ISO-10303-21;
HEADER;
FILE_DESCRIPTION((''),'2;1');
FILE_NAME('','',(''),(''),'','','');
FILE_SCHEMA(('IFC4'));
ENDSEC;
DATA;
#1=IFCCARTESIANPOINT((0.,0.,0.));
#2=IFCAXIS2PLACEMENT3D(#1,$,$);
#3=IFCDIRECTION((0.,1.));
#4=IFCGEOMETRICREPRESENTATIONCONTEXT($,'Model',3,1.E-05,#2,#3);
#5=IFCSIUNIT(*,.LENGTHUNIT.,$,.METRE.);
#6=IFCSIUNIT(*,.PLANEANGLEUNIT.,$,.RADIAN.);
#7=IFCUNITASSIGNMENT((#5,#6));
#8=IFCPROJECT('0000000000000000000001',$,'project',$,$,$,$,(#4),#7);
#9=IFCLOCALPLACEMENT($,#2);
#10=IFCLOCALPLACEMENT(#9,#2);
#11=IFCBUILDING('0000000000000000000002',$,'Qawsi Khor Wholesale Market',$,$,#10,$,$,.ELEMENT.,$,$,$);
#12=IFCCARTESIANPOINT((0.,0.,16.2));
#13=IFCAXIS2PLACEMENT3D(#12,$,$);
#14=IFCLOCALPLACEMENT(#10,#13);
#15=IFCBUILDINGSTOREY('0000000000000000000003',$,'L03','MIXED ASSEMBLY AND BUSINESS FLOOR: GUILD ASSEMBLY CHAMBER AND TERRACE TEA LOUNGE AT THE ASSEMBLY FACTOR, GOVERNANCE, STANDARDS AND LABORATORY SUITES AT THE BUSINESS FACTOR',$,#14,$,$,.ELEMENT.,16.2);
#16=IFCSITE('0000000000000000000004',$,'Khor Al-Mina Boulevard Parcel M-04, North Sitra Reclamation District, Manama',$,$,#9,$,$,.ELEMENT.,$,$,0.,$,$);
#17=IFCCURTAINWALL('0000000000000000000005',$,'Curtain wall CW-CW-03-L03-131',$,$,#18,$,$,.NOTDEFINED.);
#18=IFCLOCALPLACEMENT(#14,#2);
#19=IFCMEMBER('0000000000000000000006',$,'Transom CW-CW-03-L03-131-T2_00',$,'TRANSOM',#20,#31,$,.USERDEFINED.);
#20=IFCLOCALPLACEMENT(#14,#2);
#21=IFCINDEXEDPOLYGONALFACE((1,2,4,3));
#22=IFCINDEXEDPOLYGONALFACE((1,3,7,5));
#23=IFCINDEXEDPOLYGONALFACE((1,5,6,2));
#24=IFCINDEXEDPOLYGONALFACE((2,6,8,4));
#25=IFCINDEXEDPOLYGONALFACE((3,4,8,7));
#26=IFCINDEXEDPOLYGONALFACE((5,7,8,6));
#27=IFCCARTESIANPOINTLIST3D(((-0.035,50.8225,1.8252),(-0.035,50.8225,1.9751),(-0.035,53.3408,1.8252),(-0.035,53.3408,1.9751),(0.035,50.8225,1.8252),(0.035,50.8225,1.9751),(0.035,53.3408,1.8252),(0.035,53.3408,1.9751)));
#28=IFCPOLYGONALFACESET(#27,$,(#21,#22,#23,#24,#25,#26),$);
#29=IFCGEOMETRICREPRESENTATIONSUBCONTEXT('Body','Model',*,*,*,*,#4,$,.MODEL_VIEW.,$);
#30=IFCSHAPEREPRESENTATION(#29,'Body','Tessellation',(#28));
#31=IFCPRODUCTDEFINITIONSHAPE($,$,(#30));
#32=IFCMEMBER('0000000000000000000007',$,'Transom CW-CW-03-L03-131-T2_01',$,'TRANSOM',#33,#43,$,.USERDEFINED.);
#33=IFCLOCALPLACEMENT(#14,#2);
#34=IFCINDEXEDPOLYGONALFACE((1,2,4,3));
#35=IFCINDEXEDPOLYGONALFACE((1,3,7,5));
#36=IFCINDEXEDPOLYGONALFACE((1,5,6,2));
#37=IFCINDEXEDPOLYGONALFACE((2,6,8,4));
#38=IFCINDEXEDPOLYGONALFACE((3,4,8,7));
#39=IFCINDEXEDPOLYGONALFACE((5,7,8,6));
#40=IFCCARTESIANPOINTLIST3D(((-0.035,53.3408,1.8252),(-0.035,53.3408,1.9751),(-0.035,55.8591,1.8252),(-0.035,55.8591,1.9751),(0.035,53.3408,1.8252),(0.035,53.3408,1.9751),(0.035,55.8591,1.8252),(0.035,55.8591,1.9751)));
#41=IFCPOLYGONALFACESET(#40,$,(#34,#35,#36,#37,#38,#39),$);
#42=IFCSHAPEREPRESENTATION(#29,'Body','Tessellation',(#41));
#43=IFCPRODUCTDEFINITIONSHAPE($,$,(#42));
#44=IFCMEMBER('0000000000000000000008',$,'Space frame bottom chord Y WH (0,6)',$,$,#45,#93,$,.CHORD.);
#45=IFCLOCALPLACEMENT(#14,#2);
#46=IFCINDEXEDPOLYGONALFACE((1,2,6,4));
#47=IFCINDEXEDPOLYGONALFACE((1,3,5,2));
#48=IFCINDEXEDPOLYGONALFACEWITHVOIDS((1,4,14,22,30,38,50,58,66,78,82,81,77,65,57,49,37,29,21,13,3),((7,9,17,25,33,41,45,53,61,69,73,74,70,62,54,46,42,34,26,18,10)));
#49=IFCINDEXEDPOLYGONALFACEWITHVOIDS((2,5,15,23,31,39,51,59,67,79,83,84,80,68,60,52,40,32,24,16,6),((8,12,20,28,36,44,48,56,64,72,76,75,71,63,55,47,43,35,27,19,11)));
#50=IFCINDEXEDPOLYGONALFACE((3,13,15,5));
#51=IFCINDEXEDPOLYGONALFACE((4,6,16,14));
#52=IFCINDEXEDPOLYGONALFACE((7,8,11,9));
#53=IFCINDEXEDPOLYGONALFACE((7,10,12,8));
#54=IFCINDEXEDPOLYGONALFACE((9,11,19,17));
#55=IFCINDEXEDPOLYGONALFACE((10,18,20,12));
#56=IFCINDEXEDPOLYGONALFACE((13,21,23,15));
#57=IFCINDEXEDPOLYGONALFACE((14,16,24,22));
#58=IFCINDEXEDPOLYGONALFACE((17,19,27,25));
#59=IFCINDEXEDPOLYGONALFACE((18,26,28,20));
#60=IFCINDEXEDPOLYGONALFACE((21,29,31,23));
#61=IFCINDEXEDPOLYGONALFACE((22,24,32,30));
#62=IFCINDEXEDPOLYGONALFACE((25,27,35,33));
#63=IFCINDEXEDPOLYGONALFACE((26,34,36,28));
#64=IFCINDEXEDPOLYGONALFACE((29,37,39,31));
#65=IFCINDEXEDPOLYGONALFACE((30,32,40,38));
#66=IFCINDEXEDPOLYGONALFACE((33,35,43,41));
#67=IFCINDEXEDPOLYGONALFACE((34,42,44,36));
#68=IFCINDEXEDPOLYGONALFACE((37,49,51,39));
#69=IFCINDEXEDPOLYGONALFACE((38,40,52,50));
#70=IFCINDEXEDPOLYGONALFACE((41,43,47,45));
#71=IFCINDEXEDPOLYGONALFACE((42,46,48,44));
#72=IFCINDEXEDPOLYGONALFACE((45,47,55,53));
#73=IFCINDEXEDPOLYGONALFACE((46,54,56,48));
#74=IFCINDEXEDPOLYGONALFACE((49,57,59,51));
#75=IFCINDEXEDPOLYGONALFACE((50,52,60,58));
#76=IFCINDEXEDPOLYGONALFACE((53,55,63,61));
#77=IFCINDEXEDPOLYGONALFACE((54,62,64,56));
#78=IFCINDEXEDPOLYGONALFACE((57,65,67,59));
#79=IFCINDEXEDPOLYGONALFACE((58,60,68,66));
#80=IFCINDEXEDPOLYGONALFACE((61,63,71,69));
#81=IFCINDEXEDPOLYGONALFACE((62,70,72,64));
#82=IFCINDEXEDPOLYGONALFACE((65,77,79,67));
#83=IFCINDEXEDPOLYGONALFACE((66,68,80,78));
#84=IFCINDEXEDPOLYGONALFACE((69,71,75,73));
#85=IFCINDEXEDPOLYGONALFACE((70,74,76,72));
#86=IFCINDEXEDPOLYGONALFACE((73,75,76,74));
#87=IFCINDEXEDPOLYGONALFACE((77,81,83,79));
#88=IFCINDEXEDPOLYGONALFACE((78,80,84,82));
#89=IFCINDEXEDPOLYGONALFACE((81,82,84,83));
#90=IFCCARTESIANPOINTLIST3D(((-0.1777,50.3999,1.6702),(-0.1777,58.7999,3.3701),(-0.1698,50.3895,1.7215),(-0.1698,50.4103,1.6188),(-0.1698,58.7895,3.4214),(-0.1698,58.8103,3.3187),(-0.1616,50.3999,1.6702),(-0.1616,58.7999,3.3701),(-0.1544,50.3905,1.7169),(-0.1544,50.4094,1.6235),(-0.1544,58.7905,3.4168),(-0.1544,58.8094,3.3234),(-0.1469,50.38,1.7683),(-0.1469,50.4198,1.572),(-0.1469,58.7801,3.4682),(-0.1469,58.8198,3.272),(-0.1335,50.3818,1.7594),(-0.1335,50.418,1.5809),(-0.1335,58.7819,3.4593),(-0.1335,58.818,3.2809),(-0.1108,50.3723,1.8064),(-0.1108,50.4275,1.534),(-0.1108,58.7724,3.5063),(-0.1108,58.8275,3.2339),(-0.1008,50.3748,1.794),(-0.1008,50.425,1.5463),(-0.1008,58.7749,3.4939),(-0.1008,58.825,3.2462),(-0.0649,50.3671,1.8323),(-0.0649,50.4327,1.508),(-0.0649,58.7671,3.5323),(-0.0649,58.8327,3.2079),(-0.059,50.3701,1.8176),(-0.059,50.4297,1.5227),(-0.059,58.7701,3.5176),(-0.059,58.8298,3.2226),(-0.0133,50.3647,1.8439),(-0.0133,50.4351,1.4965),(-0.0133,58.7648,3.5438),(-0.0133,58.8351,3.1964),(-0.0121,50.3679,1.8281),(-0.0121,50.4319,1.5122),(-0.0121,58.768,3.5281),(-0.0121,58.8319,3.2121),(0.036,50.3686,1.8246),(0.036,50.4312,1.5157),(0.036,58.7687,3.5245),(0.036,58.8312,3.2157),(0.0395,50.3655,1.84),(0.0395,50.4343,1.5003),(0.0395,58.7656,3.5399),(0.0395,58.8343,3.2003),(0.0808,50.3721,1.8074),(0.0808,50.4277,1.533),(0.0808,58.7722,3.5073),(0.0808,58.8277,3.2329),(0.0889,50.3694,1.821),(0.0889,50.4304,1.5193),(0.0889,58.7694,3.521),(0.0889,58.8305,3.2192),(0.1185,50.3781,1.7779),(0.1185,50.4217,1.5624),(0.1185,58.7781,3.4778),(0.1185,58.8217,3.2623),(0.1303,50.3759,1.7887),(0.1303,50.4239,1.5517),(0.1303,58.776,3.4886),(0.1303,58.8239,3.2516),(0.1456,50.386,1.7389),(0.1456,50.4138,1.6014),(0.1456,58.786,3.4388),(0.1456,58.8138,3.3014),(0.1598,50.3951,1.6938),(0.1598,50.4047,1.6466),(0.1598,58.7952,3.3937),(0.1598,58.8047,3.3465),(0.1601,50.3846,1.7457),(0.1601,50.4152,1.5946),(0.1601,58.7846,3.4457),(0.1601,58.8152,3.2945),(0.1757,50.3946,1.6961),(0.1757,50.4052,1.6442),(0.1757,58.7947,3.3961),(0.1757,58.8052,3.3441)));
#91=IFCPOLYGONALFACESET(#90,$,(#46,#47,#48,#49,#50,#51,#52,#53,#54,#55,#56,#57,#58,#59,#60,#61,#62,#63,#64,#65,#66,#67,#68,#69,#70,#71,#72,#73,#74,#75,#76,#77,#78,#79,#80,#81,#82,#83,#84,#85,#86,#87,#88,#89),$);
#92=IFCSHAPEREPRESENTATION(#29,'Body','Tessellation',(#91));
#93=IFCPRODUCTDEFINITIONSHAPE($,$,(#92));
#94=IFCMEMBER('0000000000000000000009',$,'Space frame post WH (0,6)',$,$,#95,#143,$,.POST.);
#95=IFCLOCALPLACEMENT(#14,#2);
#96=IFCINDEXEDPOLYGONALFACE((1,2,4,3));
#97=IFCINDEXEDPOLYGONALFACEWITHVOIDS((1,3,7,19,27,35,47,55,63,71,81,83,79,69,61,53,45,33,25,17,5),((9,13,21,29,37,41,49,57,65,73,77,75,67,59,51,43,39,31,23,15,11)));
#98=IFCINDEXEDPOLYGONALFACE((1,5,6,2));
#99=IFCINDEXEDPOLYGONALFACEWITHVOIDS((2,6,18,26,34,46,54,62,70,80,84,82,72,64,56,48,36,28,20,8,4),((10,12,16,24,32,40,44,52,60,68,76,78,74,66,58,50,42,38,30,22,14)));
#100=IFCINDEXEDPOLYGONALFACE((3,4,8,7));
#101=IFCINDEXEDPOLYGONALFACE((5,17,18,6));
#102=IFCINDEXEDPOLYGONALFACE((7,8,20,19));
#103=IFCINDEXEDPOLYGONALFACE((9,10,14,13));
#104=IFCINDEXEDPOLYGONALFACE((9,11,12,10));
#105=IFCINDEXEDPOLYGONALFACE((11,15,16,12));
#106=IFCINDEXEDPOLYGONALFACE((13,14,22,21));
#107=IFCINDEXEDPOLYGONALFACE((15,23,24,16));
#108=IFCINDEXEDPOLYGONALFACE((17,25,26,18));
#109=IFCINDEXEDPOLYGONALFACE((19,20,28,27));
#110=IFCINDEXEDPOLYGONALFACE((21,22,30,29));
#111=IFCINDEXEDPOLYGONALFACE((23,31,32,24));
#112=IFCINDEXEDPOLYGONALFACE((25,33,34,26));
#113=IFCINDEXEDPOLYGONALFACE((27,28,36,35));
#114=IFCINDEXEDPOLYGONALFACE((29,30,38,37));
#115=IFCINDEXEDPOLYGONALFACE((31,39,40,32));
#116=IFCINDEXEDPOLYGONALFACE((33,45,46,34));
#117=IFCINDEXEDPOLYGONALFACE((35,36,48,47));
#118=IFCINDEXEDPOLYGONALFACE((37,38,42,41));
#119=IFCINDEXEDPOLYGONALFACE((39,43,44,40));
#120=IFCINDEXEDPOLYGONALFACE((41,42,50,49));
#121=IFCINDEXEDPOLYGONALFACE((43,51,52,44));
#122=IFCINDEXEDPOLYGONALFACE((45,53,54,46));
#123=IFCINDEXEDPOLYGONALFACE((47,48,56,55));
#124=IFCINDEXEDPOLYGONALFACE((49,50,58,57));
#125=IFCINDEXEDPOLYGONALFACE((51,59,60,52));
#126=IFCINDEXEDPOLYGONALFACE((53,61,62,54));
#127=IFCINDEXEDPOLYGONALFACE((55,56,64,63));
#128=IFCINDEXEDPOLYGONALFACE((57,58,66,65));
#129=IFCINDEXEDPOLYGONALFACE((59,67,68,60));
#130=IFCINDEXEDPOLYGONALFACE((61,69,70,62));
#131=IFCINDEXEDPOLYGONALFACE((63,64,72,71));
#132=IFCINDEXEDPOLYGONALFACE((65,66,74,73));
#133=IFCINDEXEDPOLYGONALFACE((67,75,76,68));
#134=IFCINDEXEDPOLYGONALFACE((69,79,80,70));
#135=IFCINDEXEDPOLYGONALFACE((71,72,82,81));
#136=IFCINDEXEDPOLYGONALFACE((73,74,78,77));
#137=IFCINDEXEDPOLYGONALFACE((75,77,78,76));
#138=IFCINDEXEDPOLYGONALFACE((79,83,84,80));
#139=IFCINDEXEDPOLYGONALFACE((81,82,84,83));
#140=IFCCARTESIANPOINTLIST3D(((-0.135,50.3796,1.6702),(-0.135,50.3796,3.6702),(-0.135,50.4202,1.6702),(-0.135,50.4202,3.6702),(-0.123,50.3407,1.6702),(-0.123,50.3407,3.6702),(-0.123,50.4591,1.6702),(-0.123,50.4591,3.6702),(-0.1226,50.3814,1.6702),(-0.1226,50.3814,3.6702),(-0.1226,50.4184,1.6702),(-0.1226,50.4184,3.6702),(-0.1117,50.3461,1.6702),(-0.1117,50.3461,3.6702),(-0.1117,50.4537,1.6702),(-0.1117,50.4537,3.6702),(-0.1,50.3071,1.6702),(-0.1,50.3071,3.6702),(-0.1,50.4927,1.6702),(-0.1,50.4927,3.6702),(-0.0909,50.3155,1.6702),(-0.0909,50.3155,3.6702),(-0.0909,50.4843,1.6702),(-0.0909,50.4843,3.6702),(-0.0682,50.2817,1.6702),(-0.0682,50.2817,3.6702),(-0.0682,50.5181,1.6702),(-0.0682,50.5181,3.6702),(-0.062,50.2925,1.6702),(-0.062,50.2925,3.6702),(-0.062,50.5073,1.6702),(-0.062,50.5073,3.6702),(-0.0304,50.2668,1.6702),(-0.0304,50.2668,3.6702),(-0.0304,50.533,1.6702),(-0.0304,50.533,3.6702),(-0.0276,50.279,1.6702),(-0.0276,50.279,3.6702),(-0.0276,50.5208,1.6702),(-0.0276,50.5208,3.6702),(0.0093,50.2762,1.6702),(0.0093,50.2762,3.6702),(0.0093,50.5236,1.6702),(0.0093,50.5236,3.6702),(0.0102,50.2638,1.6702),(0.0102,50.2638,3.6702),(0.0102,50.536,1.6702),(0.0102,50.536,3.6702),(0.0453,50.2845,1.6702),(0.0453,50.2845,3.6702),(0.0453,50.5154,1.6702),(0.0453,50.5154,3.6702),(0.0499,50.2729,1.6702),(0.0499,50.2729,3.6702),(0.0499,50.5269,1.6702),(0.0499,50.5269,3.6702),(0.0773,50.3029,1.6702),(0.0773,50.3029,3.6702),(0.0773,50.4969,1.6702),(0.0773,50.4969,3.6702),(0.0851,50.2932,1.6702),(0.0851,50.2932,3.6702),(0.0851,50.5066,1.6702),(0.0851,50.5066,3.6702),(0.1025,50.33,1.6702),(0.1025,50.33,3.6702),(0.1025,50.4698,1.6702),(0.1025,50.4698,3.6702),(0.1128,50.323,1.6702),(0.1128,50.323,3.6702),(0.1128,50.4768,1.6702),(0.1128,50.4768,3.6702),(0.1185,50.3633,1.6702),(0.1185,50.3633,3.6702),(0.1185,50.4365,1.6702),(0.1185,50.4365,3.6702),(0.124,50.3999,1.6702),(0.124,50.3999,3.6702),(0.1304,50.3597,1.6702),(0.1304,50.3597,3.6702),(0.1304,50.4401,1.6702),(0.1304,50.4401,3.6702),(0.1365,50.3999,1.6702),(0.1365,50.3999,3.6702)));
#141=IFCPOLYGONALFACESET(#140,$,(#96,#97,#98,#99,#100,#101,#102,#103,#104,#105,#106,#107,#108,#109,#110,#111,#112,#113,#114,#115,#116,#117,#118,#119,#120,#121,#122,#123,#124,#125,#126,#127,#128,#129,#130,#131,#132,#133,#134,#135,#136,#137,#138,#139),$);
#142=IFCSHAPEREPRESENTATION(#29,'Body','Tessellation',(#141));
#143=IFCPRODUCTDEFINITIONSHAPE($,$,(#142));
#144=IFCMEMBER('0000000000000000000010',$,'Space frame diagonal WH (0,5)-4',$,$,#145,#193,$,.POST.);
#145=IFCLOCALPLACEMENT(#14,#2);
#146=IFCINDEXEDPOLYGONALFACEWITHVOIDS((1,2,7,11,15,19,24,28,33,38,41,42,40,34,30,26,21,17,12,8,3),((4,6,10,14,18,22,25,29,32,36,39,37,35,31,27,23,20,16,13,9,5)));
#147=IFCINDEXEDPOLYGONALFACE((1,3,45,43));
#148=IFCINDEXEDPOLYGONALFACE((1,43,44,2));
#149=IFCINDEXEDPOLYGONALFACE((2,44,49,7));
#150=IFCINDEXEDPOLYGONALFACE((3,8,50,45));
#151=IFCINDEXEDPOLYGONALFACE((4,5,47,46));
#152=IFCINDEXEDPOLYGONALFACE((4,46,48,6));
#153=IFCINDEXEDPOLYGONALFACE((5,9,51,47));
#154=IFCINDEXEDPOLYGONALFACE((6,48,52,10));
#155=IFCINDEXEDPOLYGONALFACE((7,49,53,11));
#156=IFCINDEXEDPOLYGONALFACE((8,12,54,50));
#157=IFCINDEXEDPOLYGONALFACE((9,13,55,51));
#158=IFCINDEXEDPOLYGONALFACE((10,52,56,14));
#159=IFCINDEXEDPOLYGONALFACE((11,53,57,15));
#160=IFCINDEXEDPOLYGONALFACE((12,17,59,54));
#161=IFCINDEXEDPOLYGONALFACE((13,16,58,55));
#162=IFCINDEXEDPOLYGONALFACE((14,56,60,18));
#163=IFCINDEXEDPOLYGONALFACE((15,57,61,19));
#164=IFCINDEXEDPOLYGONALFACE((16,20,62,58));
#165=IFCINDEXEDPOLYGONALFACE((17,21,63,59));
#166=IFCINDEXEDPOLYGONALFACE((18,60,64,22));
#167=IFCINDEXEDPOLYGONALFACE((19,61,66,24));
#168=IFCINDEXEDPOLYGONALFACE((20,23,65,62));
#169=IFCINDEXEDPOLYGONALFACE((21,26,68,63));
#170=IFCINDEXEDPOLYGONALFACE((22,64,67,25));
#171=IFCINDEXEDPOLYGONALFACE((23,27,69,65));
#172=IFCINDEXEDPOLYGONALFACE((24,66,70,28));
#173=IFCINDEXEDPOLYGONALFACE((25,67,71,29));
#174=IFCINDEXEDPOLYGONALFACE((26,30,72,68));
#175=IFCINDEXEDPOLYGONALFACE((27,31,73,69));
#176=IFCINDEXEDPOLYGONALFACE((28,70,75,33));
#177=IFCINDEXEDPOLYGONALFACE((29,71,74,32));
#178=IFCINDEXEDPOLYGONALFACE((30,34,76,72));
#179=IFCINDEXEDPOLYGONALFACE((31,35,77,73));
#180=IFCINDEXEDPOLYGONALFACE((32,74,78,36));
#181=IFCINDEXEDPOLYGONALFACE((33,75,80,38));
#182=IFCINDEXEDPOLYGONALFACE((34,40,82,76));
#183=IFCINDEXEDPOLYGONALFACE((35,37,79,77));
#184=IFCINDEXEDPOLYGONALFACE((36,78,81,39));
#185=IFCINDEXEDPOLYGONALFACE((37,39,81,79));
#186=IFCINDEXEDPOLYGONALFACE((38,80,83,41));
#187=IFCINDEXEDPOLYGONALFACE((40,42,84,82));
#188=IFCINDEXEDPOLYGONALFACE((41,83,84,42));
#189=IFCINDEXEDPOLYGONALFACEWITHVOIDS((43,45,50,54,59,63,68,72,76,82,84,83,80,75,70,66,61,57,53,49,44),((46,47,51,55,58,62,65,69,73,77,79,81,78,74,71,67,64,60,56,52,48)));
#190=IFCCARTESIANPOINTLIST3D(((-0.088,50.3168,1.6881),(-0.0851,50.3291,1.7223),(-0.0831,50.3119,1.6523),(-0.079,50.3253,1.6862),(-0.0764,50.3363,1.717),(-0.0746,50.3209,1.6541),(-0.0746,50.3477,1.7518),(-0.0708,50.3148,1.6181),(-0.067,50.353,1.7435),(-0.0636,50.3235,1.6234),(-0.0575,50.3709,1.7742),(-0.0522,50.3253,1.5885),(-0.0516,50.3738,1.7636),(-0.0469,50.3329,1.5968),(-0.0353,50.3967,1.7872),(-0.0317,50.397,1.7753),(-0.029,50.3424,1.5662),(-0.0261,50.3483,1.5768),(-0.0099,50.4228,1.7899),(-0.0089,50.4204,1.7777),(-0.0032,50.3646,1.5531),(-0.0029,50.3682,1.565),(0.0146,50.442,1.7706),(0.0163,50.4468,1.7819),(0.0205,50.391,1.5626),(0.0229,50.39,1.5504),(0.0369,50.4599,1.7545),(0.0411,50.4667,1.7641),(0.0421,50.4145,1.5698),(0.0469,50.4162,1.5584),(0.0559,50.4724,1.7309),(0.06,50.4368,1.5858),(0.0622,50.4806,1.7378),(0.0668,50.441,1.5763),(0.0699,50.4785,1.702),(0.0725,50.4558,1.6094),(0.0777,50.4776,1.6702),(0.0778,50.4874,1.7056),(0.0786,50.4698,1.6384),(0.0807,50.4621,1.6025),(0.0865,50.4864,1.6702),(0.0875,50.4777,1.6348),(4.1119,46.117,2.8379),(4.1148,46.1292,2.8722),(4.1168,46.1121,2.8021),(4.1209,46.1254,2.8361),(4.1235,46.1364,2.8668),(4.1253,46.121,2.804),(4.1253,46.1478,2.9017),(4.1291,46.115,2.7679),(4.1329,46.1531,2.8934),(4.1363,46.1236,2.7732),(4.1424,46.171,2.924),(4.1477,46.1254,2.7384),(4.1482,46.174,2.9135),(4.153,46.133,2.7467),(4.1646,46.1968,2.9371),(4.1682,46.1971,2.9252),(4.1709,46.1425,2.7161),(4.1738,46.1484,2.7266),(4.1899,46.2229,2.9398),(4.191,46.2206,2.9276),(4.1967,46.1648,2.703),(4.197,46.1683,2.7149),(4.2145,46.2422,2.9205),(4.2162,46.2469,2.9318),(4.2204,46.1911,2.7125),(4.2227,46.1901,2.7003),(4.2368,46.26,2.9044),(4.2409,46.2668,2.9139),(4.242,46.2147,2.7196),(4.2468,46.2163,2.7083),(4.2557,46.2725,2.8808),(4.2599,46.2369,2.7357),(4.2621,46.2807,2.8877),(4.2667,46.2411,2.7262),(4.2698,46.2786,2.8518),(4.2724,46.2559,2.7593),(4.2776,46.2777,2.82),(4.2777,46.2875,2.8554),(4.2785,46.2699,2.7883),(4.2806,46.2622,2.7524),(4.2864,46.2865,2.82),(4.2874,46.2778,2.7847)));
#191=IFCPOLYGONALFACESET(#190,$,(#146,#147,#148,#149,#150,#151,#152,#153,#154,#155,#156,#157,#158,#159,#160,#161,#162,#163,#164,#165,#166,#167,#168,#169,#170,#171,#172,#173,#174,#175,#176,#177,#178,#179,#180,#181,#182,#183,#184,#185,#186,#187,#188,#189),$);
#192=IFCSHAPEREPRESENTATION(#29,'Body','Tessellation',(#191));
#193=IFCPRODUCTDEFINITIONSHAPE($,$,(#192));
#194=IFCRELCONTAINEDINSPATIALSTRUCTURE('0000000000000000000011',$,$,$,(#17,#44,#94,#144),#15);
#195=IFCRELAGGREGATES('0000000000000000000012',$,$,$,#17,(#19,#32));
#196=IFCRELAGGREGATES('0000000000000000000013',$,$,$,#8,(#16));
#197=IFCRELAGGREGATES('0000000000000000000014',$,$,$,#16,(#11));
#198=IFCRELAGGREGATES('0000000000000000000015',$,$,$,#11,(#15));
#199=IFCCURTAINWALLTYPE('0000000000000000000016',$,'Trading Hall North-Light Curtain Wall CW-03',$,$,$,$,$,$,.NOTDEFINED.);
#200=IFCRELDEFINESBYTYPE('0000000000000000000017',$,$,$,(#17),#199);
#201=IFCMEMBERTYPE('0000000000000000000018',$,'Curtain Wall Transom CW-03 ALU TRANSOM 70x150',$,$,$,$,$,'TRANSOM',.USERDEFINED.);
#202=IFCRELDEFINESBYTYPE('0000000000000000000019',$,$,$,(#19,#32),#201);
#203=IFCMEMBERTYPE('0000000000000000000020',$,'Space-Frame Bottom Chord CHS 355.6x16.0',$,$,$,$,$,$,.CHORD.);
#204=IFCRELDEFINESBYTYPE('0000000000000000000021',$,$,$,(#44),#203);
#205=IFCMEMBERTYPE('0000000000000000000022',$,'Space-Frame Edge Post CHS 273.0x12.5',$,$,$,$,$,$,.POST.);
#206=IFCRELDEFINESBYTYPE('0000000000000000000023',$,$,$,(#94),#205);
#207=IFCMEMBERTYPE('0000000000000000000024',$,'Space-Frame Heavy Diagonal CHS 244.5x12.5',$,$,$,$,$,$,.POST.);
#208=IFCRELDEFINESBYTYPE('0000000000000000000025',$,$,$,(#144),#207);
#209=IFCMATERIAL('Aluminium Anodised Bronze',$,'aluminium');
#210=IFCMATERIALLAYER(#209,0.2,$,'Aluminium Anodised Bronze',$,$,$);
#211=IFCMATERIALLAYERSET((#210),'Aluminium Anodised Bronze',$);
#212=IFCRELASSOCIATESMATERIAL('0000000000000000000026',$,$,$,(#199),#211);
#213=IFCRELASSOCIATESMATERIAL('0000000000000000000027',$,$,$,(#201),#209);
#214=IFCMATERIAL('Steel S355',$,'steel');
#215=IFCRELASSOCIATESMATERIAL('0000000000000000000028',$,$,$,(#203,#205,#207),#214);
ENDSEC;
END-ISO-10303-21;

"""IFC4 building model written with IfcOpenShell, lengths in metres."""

from ifc_helpers import new_model, si_unit, direction, frame, origin, origin_2d, place, context, subcontext, project, spatial, rectangle, hollow_circle, extrude, material, layer, layer_set, material_profile, profile_set, type_object, element, aggregate, save


model = new_model("IFC4")

# Units and contexts
model_context = context("Model", 3, precision=1e-05, world=origin(), true_north=direction((0.0, 1.0)))
body_context = subcontext(model_context, "Body", "Model", "MODEL_VIEW")
ifc_project = project(units=[si_unit("LENGTHUNIT", "METRE"), si_unit("PLANEANGLEUNIT", "RADIAN")], contexts=[model_context])

# Site, building, storey
site_placement = place(None, origin())
site = spatial("IfcSite", under=ifc_project, at=site_placement, Name="Khor Al-Mina Boulevard Parcel M-04, North Sitra Reclamation District, Manama", CompositionType="ELEMENT", RefElevation=0.0)
building_placement = place(site_placement, origin())
building = spatial("IfcBuilding", under=site, at=building_placement, Name="Qawsi Khor Wholesale Market", CompositionType="ELEMENT")
storey_placement = place(building_placement, frame((0.0, 0.0, 16.2)))
storey = spatial("IfcBuildingStorey", under=building, at=storey_placement, Name="L03", Description="MIXED ASSEMBLY AND BUSINESS FLOOR: GUILD ASSEMBLY CHAMBER AND TERRACE TEA LOUNGE AT THE ASSEMBLY FACTOR, GOVERNANCE, STANDARDS AND LABORATORY SUITES AT THE BUSINESS FACTOR", CompositionType="ELEMENT", Elevation=16.2)

# Curtain wall
ifc_material_1 = material(Name="Aluminium Anodised Bronze", Category="aluminium")
ifc_layer_1 = layer(ifc_material_1, 0.2, Name="Aluminium Anodised Bronze")
ifc_layer_set_1 = layer_set([ifc_layer_1], Name="Aluminium Anodised Bronze")
curtain_wall_type = type_object("IfcCurtainWallType", Name="Trading Hall North-Light Curtain Wall CW-03", PredefinedType="NOTDEFINED", material=ifc_layer_set_1)
curtain_wall_1_placement = place(storey_placement, origin())
curtain_wall_1 = element("IfcCurtainWall", 1, at=curtain_wall_1_placement, inside=storey, type_object=curtain_wall_type, Name="Curtain wall CW-CW-03-L03-131", PredefinedType="NOTDEFINED")

# Members
ifc_material_profile_1 = material_profile(ifc_material_1, rectangle(XDim=0.0701, YDim=0.1499, at=origin_2d()), Name="ALU TRANSOM 70x150")
ifc_profile_set_1 = profile_set([ifc_material_profile_1], Name="Aluminium Anodised Bronze")
member_type_1 = type_object("IfcMemberType", Name="Curtain Wall Transom CW-03 ALU TRANSOM 70x150", ElementType="TRANSOM", PredefinedType="USERDEFINED", material=ifc_profile_set_1)
member_1_placement = place(storey_placement, frame((0.0, 50.8225, 1.9001), z_axis=(0.0, 1.0, 0.0), x_axis=(-1.0, 0.0, 0.0)))
member_1 = element("IfcMember", 2, at=member_1_placement, type_object=member_type_1, Name="Transom CW-CW-03-L03-131-T2_00", ObjectType="TRANSOM", PredefinedType="USERDEFINED", context=body_context, shape_type="SweptSolid", body=[
    extrude(rectangle(XDim=0.0701, YDim=0.1499, at=origin_2d()), origin(), (0.0, 0.0, 1.0), 2.5183),
])
member_2_placement = place(storey_placement, frame((0.0, 53.3408, 1.9001), z_axis=(0.0, 1.0, 0.0), x_axis=(-1.0, 0.0, 0.0)))
member_2 = element("IfcMember", 3, at=member_2_placement, type_object=member_type_1, Name="Transom CW-CW-03-L03-131-T2_01", ObjectType="TRANSOM", PredefinedType="USERDEFINED", context=body_context, shape_type="SweptSolid", body=[
    extrude(rectangle(XDim=0.0701, YDim=0.1499, at=origin_2d()), origin(), (0.0, 0.0, 1.0), 2.5183),
])

# Members
ifc_material_2 = material(Name="Steel S355", Category="steel")
ifc_material_profile_2 = material_profile(ifc_material_2, hollow_circle(Radius=0.1777, WallThickness=0.0161, at=origin_2d()), Name="CHS 355.6x16.0")
ifc_profile_set_2 = profile_set([ifc_material_profile_2], Name="Steel S355")
member_type_2 = type_object("IfcMemberType", Name="Space-Frame Bottom Chord CHS 355.6x16.0", PredefinedType="CHORD", material=ifc_profile_set_2)
member_3_placement = place(storey_placement, frame((0.0, 50.3999, 1.6702), z_axis=(0.0, 0.980131, 0.198351), x_axis=(-1.0, 0.0, 0.0)))
element("IfcMember", 4, at=member_3_placement, inside=storey, type_object=member_type_2, Name="Space frame bottom chord Y WH (0,6)", PredefinedType="CHORD", context=body_context, shape_type="SweptSolid", body=[
    extrude(hollow_circle(Radius=0.1777, WallThickness=0.0161, at=origin_2d()), origin(), (0.0, 0.0, 1.0), 8.5703),
])
ifc_material_profile_3 = material_profile(ifc_material_2, hollow_circle(Radius=0.1365, WallThickness=0.0125, at=origin_2d()), Name="CHS 273.0x12.5")
ifc_profile_set_3 = profile_set([ifc_material_profile_3], Name="Steel S355")
member_type_3 = type_object("IfcMemberType", Name="Space-Frame Edge Post CHS 273.0x12.5", PredefinedType="POST", material=ifc_profile_set_3)
member_4_placement = place(storey_placement, frame((0.0, 50.3999, 1.6702), z_axis=(0.0, 0.0, 1.0), x_axis=(1.0, 0.0, 0.0)))
element("IfcMember", 5, at=member_4_placement, inside=storey, type_object=member_type_3, Name="Space frame post WH (0,6)", PredefinedType="POST", context=body_context, shape_type="SweptSolid", body=[
    extrude(hollow_circle(Radius=0.1365, WallThickness=0.0125, at=origin_2d()), origin(), (0.0, 0.0, 1.0), 2.0),
])
ifc_material_profile_4 = material_profile(ifc_material_2, hollow_circle(Radius=0.1223, WallThickness=0.0125, at=origin_2d()), Name="CHS 244.5x12.5")
ifc_profile_set_4 = profile_set([ifc_material_profile_4], Name="Steel S355")
member_type_4 = type_object("IfcMemberType", Name="Space-Frame Heavy Diagonal CHS 244.5x12.5", PredefinedType="POST", material=ifc_profile_set_4)
member_5_placement = place(storey_placement, frame((0.0, 50.3999, 1.6702), z_axis=(0.694217, -0.694217, 0.190069), x_axis=(0.707107, 0.707107, 0.0)))
element("IfcMember", 6, at=member_5_placement, inside=storey, type_object=member_type_4, Name="Space frame diagonal WH (0,5)-4", PredefinedType="POST", context=body_context, shape_type="SweptSolid", body=[
    extrude(hollow_circle(Radius=0.1223, WallThickness=0.0125, at=origin_2d()), origin(), (0.0, 0.0, 1.0), 6.0498),
])

aggregate(curtain_wall_1, [member_1, member_2])

save(model, "model.ifc")
